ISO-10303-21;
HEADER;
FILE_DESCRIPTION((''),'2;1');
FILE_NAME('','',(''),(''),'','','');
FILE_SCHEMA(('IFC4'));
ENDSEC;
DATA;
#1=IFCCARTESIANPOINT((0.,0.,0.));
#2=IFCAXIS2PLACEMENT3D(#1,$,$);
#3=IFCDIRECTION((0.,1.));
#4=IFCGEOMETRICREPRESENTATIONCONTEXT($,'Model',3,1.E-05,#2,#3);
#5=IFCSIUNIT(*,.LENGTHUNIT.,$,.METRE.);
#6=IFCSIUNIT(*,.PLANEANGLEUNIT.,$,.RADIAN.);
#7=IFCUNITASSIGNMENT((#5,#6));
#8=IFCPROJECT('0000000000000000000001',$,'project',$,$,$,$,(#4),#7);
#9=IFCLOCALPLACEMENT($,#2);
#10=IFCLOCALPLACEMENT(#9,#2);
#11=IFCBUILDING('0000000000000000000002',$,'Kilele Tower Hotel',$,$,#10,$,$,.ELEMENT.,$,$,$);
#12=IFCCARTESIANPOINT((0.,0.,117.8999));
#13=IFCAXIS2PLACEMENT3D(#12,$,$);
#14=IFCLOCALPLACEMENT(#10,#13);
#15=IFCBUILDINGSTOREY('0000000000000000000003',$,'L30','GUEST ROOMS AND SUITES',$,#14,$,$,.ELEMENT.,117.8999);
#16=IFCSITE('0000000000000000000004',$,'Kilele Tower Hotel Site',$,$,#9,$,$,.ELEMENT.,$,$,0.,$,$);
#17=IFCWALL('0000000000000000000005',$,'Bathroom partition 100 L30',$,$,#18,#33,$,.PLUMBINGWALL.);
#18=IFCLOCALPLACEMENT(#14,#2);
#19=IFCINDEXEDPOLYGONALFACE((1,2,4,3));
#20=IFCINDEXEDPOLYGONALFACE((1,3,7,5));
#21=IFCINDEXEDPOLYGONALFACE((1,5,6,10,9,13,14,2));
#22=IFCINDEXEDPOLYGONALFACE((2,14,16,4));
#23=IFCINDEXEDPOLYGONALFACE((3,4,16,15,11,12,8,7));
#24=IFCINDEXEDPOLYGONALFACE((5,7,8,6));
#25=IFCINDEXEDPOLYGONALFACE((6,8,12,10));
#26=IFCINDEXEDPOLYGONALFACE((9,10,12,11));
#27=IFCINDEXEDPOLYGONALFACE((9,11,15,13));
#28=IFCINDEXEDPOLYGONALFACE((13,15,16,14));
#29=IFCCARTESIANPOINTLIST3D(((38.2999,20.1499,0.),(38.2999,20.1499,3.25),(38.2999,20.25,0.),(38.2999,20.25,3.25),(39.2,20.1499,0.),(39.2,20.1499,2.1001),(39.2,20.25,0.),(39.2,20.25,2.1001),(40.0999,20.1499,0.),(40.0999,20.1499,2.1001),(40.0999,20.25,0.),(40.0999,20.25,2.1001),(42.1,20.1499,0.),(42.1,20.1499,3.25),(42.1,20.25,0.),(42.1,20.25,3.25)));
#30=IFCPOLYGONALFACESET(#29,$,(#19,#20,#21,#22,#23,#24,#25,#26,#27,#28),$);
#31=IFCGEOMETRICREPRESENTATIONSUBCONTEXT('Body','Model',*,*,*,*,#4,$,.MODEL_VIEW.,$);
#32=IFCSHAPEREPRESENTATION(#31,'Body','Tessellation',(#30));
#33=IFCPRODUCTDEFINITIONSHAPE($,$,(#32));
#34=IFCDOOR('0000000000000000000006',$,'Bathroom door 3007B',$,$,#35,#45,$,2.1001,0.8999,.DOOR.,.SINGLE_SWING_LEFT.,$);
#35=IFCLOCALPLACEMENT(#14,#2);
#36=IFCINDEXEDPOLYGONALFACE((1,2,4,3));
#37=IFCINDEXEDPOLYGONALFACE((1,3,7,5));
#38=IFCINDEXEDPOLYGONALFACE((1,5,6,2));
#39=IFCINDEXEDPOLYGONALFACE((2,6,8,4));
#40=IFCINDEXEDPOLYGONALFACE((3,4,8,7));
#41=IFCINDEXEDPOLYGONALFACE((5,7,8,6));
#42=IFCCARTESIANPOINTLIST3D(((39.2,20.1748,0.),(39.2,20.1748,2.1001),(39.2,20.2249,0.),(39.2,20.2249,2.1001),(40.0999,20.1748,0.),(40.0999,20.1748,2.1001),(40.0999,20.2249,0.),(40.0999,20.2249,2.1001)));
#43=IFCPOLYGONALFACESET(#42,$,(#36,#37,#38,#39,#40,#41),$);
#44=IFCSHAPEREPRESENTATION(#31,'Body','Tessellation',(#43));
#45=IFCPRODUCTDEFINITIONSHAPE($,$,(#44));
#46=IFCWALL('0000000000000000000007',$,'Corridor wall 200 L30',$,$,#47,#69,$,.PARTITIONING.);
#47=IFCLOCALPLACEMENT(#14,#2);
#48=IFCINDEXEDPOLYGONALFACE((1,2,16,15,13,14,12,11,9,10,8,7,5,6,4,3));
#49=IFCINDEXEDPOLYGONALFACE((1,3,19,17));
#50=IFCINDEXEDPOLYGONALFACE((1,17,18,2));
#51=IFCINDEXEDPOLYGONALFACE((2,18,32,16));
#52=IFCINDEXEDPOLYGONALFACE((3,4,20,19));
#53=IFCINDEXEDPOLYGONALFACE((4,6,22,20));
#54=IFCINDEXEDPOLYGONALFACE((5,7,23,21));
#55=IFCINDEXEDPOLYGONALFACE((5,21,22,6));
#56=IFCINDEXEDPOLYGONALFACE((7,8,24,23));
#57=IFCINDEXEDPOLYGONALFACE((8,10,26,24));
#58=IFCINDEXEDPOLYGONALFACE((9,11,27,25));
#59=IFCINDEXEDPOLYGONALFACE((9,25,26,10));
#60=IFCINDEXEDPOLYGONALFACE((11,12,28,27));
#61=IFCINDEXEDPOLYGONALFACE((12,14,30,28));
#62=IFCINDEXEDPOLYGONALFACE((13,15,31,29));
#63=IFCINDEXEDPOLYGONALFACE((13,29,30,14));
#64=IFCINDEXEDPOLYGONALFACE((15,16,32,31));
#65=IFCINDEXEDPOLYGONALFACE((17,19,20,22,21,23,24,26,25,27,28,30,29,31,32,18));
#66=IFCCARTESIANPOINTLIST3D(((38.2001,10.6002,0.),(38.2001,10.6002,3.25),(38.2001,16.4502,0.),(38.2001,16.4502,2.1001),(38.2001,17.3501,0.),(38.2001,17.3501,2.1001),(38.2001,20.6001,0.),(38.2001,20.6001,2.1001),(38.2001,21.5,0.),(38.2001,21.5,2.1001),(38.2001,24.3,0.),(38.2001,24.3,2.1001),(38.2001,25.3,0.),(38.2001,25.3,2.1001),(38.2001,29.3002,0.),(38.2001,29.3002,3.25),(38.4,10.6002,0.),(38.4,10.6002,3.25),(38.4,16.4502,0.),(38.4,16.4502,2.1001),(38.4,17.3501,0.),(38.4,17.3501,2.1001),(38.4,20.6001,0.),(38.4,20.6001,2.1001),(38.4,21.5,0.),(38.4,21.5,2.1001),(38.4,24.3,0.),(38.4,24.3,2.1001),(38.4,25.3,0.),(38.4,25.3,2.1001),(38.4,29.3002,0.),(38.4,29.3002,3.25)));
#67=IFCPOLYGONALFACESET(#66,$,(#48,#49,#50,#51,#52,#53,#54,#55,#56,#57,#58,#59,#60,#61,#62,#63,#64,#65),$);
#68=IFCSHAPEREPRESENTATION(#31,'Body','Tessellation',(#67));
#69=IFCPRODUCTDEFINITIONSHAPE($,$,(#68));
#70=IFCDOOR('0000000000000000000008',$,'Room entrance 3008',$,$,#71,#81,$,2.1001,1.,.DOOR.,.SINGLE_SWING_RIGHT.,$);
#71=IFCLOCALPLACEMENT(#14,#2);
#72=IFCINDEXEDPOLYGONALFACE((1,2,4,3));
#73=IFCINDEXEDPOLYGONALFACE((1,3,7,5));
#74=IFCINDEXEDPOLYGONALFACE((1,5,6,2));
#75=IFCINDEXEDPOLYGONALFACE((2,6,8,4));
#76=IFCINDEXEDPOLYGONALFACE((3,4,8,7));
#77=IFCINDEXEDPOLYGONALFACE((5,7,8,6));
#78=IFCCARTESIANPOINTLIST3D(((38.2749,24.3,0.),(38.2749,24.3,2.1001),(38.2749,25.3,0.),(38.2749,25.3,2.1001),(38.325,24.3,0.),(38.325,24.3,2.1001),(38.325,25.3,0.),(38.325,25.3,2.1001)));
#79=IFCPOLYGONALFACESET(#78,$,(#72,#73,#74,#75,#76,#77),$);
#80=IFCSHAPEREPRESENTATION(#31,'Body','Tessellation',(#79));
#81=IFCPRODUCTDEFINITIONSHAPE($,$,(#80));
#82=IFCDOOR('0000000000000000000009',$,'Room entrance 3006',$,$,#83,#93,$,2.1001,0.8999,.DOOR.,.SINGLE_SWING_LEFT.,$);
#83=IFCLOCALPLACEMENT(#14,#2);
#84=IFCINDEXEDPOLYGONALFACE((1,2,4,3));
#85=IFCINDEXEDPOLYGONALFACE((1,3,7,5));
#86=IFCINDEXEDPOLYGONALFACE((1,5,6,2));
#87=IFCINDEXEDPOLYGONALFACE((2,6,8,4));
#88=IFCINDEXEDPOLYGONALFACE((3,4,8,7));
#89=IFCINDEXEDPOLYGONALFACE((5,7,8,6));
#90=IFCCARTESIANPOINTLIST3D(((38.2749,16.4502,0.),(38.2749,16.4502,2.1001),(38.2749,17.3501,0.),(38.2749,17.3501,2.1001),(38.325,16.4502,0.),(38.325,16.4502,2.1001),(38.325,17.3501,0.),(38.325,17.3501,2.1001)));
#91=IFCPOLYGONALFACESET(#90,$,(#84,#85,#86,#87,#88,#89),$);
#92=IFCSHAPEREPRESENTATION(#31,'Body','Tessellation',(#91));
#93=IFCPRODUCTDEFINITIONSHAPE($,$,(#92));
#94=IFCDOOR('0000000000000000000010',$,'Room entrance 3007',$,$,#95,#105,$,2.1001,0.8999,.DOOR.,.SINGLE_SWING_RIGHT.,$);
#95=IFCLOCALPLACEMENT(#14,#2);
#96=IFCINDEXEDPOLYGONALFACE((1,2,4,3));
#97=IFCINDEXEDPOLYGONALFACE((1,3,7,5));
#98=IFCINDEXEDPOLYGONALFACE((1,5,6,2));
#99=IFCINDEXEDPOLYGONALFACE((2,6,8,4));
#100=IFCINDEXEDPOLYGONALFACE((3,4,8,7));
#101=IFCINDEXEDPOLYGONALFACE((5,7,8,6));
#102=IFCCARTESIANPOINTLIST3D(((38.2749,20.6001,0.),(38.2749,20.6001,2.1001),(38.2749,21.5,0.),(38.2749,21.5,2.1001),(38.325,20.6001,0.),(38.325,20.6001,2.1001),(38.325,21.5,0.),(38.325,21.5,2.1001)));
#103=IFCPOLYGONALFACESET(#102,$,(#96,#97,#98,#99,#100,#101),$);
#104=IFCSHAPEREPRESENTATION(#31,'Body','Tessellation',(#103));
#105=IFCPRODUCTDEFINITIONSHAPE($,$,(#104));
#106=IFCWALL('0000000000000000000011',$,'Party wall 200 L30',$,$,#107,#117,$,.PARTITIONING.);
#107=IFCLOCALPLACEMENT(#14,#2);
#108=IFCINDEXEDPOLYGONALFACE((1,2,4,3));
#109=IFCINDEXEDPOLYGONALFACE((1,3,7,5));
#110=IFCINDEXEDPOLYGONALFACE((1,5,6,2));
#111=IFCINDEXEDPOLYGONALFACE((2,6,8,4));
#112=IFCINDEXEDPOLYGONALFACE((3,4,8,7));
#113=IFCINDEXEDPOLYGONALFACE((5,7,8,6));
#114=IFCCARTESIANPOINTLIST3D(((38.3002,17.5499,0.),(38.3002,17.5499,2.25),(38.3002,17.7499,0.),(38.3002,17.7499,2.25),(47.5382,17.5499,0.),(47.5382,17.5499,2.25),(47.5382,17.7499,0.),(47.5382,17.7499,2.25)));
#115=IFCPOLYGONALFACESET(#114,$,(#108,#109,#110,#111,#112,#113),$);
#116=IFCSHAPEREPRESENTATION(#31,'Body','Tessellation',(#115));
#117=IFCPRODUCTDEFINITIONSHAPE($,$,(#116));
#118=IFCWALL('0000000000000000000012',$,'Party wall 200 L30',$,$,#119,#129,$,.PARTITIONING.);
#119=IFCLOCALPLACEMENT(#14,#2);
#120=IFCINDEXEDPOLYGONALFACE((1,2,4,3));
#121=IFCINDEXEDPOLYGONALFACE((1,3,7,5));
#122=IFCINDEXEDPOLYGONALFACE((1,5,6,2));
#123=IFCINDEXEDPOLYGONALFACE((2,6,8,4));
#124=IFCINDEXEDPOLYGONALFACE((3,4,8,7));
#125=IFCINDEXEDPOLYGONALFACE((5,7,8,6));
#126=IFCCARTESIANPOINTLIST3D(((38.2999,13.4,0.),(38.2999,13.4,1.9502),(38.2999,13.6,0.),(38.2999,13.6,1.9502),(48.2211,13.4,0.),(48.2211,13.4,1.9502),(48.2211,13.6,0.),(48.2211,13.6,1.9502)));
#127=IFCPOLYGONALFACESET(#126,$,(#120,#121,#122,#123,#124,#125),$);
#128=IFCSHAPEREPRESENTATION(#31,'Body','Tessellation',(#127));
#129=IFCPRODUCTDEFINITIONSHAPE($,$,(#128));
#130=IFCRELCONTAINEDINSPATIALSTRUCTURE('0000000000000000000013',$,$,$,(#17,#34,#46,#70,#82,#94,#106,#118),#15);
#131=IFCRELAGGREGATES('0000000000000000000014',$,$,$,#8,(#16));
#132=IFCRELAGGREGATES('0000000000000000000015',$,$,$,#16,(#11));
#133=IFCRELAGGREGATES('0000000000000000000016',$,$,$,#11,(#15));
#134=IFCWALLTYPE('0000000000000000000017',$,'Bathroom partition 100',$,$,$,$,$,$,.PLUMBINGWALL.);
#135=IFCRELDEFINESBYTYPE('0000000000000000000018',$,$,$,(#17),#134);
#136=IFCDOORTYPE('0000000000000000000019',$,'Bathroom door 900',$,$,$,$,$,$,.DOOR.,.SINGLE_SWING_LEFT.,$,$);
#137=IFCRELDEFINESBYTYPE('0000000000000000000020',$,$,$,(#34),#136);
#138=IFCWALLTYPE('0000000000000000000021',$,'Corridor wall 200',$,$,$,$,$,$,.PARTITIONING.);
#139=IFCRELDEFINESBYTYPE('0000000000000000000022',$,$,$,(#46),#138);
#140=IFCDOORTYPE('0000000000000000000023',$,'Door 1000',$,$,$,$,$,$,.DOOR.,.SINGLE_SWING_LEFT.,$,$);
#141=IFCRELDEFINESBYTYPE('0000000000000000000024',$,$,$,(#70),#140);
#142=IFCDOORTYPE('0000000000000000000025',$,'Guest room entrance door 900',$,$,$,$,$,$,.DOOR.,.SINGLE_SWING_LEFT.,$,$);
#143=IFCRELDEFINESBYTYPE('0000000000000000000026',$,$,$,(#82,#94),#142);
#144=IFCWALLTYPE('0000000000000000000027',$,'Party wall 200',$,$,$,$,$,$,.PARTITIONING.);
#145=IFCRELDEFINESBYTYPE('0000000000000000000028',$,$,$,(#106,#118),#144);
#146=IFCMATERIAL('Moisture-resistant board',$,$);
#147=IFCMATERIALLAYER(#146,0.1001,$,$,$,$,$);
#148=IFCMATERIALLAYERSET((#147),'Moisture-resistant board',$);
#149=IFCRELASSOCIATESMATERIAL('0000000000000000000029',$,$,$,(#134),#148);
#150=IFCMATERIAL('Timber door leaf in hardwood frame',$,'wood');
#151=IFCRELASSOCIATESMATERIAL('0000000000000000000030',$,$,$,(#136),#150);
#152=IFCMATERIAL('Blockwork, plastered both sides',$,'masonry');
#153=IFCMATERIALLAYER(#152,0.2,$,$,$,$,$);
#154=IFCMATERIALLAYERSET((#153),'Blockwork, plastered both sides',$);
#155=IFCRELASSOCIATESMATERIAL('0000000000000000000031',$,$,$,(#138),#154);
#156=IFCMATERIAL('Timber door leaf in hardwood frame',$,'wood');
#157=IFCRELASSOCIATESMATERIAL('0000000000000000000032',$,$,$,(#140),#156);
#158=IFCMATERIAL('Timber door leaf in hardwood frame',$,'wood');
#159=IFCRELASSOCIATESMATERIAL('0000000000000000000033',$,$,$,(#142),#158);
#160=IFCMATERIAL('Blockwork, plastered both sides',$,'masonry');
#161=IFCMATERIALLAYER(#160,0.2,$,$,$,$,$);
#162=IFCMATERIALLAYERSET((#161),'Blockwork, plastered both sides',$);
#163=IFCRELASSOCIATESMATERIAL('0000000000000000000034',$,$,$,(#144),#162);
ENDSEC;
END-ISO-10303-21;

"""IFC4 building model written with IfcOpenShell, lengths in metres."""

from ifc_helpers import new_model, si_unit, direction, frame, frame_2d, origin, place, context, subcontext, project, spatial, rectangle, extrude, material, layer, layer_set, type_object, element, fill, save


model = new_model("IFC4")

# Units and contexts
model_context = context("Model", 3, precision=1e-05, world=origin(), true_north=direction((0.0, 1.0)))
body_context = subcontext(model_context, "Body", "Model", "MODEL_VIEW")
ifc_project = project(units=[si_unit("LENGTHUNIT", "METRE"), si_unit("PLANEANGLEUNIT", "RADIAN")], contexts=[model_context])

# Site, building, storey
site_placement = place(None, origin())
site = spatial("IfcSite", under=ifc_project, at=site_placement, Name="Kilele Tower Hotel Site", CompositionType="ELEMENT", RefElevation=0.0)
building_placement = place(site_placement, origin())
building = spatial("IfcBuilding", under=site, at=building_placement, Name="Kilele Tower Hotel", CompositionType="ELEMENT")
storey_placement = place(building_placement, frame((0.0, 0.0, 117.8999)))
storey = spatial("IfcBuildingStorey", under=building, at=storey_placement, Name="L30", Description="GUEST ROOMS AND SUITES", CompositionType="ELEMENT", Elevation=117.8999)

# Shared definitions
ifc_material_1 = material(Name="Moisture-resistant board")
ifc_layer_1 = layer(ifc_material_1, 0.1001)
ifc_layer_set_1 = layer_set([ifc_layer_1], Name="Moisture-resistant board")
wall_type_1 = type_object("IfcWallType", Name="Bathroom partition 100", PredefinedType="PLUMBINGWALL", material=ifc_layer_set_1)

# Shared definitions
ifc_material_2 = material(Name="Timber door leaf in hardwood frame", Category="wood")
door_type_1 = type_object("IfcDoorType", Name="Bathroom door 900", OperationType="SINGLE_SWING_LEFT", PredefinedType="DOOR", material=ifc_material_2)

# Wall, opening, door
wall_1_placement = place(storey_placement, frame((38.3, 20.2, 0.0), z_axis=(0.0, 0.0, 1.0), x_axis=(1.0, 0.0, 0.0)))
wall_1 = element("IfcWall", 1, at=wall_1_placement, inside=storey, type_object=wall_type_1, Name="Bathroom partition 100 L30", PredefinedType="PLUMBINGWALL", context=body_context, shape_type="SweptSolid", body=[
    extrude(rectangle(XDim=3.8, YDim=0.1001, at=frame_2d((1.8999, 0.0))), origin(), (0.0, 0.0, 1.0), 3.25),
])
opening_1_placement = place(wall_1_placement, frame((0.8999, 0.0, 0.0)))
opening_1 = element("IfcOpeningElement", 2, at=opening_1_placement, cuts=wall_1, PredefinedType="OPENING", context=body_context, shape_type="SweptSolid", body=[
    extrude(rectangle(XDim=0.8999, YDim=2.1001, at=frame_2d((0.45, 1.05))), frame((0.0, 0.0601, 0.0), z_axis=(0.0, -1.0, 0.0), x_axis=(1.0, 0.0, 0.0)), (0.0, 0.0, 1.0), 0.1201),
])
door_1_placement = place(opening_1_placement, origin())
door_1 = element("IfcDoor", 3, at=door_1_placement, inside=storey, type_object=door_type_1, Name="Bathroom door 3007B", OperationType="SINGLE_SWING_LEFT", OverallHeight=2.1001, OverallWidth=0.8999, PredefinedType="DOOR", context=body_context, shape_type="SweptSolid", body=[
    extrude(rectangle(XDim=0.8999, YDim=2.1001, at=frame_2d((0.45, 1.05))), frame((0.0, 0.0249, 0.0), z_axis=(0.0, -1.0, 0.0), x_axis=(1.0, 0.0, 0.0)), (0.0, 0.0, 1.0), 0.05),
])
fill(opening_1, door_1)

# Wall, openings, doors
ifc_material_3 = material(Name="Blockwork, plastered both sides", Category="masonry")
ifc_layer_2 = layer(ifc_material_3, 0.2)
ifc_layer_set_2 = layer_set([ifc_layer_2], Name="Blockwork, plastered both sides")
wall_type_2 = type_object("IfcWallType", Name="Corridor wall 200", PredefinedType="PARTITIONING", material=ifc_layer_set_2)
wall_2_placement = place(storey_placement, frame((38.3, 10.6001, 0.0), z_axis=(0.0, 0.0, 1.0), x_axis=(0.0, 1.0, 0.0)))
wall_2 = element("IfcWall", 4, at=wall_2_placement, inside=storey, type_object=wall_type_2, Name="Corridor wall 200 L30", PredefinedType="PARTITIONING", context=body_context, shape_type="SweptSolid", body=[
    extrude(rectangle(XDim=18.7, YDim=0.2, at=frame_2d((9.3501, 0.0))), origin(), (0.0, 0.0, 1.0), 3.25),
])
opening_2_placement = place(wall_2_placement, frame((6.75, 0.0, 0.0), z_axis=(0.0, 0.0, 1.0), x_axis=(-1.0, 0.0, 0.0)))
opening_2 = element("IfcOpeningElement", 5, at=opening_2_placement, cuts=wall_2, PredefinedType="OPENING", context=body_context, shape_type="SweptSolid", body=[
    extrude(rectangle(XDim=0.8999, YDim=2.1001, at=frame_2d((0.45, 1.05))), frame((0.0, 0.1099, 0.0), z_axis=(0.0, -1.0, 0.0), x_axis=(1.0, 0.0, 0.0)), (0.0, 0.0, 1.0), 0.22),
])
opening_3_placement = place(wall_2_placement, frame((10.8999, 0.0, 0.0), z_axis=(0.0, 0.0, 1.0), x_axis=(-1.0, 0.0, 0.0)))
opening_3 = element("IfcOpeningElement", 6, at=opening_3_placement, cuts=wall_2, PredefinedType="OPENING", context=body_context, shape_type="SweptSolid", body=[
    extrude(rectangle(XDim=0.8999, YDim=2.1001, at=frame_2d((0.45, 1.05))), frame((0.0, 0.1099, 0.0), z_axis=(0.0, -1.0, 0.0), x_axis=(1.0, 0.0, 0.0)), (0.0, 0.0, 1.0), 0.22),
])
opening_4_placement = place(wall_2_placement, frame((14.7, 0.0, 0.0), z_axis=(0.0, 0.0, 1.0), x_axis=(-1.0, 0.0, 0.0)))
opening_4 = element("IfcOpeningElement", 7, at=opening_4_placement, cuts=wall_2, PredefinedType="OPENING", context=body_context, shape_type="SweptSolid", body=[
    extrude(rectangle(XDim=1.0, YDim=2.1001, at=frame_2d((0.5, 1.05))), frame((0.0, 0.1099, 0.0), z_axis=(0.0, -1.0, 0.0), x_axis=(1.0, 0.0, 0.0)), (0.0, 0.0, 1.0), 0.22),
])
ifc_material_4 = material(Name="Timber door leaf in hardwood frame", Category="wood")
door_type_2 = type_object("IfcDoorType", Name="Door 1000", OperationType="SINGLE_SWING_LEFT", PredefinedType="DOOR", material=ifc_material_4)
door_2_placement = place(opening_4_placement, origin())
door_2 = element("IfcDoor", 8, at=door_2_placement, inside=storey, type_object=door_type_2, Name="Room entrance 3008", OperationType="SINGLE_SWING_RIGHT", OverallHeight=2.1001, OverallWidth=1.0, PredefinedType="DOOR", context=body_context, shape_type="SweptSolid", body=[
    extrude(rectangle(XDim=1.0, YDim=2.1001, at=frame_2d((0.5, 1.05))), frame((0.0, 0.0249, 0.0), z_axis=(0.0, -1.0, 0.0), x_axis=(1.0, 0.0, 0.0)), (0.0, 0.0, 1.0), 0.05),
])
fill(opening_4, door_2)
ifc_material_5 = material(Name="Timber door leaf in hardwood frame", Category="wood")
door_type_3 = type_object("IfcDoorType", Name="Guest room entrance door 900", OperationType="SINGLE_SWING_LEFT", PredefinedType="DOOR", material=ifc_material_5)
door_3_placement = place(opening_2_placement, origin())
door_3 = element("IfcDoor", 9, at=door_3_placement, inside=storey, type_object=door_type_3, Name="Room entrance 3006", OperationType="SINGLE_SWING_LEFT", OverallHeight=2.1001, OverallWidth=0.8999, PredefinedType="DOOR", context=body_context, shape_type="SweptSolid", body=[
    extrude(rectangle(XDim=0.8999, YDim=2.1001, at=frame_2d((0.45, 1.05))), frame((0.0, 0.0249, 0.0), z_axis=(0.0, -1.0, 0.0), x_axis=(1.0, 0.0, 0.0)), (0.0, 0.0, 1.0), 0.05),
])
fill(opening_2, door_3)
door_4_placement = place(opening_3_placement, origin())
door_4 = element("IfcDoor", 10, at=door_4_placement, inside=storey, type_object=door_type_3, Name="Room entrance 3007", OperationType="SINGLE_SWING_RIGHT", OverallHeight=2.1001, OverallWidth=0.8999, PredefinedType="DOOR", context=body_context, shape_type="SweptSolid", body=[
    extrude(rectangle(XDim=0.8999, YDim=2.1001, at=frame_2d((0.45, 1.05))), frame((0.0, 0.0249, 0.0), z_axis=(0.0, -1.0, 0.0), x_axis=(1.0, 0.0, 0.0)), (0.0, 0.0, 1.0), 0.05),
])
fill(opening_3, door_4)

# Walls
ifc_material_6 = material(Name="Blockwork, plastered both sides", Category="masonry")
ifc_layer_3 = layer(ifc_material_6, 0.2)
ifc_layer_set_3 = layer_set([ifc_layer_3], Name="Blockwork, plastered both sides")
wall_type_3 = type_object("IfcWallType", Name="Party wall 200", PredefinedType="PARTITIONING", material=ifc_layer_set_3)
wall_3_placement = place(storey_placement, frame((38.3, 17.6499, 0.0), z_axis=(0.0, 0.0, 1.0), x_axis=(1.0, 0.0, 0.0)))
element("IfcWall", 11, at=wall_3_placement, inside=storey, type_object=wall_type_3, Name="Party wall 200 L30", PredefinedType="PARTITIONING", context=body_context, shape_type="SweptSolid", body=[
    extrude(rectangle(XDim=9.238, YDim=0.2, at=frame_2d((4.6191, 0.0))), origin(), (0.0, 0.0, 1.0), 2.25),
])
wall_4_placement = place(storey_placement, frame((38.3, 13.5, 0.0), z_axis=(0.0, 0.0, 1.0), x_axis=(1.0, 0.0, 0.0)))
element("IfcWall", 12, at=wall_4_placement, inside=storey, type_object=wall_type_3, Name="Party wall 200 L30", PredefinedType="PARTITIONING", context=body_context, shape_type="SweptSolid", body=[
    extrude(rectangle(XDim=9.9211, YDim=0.2, at=frame_2d((4.9604, 0.0))), origin(), (0.0, 0.0, 1.0), 1.9502),
])

save(model, "model.ifc")
